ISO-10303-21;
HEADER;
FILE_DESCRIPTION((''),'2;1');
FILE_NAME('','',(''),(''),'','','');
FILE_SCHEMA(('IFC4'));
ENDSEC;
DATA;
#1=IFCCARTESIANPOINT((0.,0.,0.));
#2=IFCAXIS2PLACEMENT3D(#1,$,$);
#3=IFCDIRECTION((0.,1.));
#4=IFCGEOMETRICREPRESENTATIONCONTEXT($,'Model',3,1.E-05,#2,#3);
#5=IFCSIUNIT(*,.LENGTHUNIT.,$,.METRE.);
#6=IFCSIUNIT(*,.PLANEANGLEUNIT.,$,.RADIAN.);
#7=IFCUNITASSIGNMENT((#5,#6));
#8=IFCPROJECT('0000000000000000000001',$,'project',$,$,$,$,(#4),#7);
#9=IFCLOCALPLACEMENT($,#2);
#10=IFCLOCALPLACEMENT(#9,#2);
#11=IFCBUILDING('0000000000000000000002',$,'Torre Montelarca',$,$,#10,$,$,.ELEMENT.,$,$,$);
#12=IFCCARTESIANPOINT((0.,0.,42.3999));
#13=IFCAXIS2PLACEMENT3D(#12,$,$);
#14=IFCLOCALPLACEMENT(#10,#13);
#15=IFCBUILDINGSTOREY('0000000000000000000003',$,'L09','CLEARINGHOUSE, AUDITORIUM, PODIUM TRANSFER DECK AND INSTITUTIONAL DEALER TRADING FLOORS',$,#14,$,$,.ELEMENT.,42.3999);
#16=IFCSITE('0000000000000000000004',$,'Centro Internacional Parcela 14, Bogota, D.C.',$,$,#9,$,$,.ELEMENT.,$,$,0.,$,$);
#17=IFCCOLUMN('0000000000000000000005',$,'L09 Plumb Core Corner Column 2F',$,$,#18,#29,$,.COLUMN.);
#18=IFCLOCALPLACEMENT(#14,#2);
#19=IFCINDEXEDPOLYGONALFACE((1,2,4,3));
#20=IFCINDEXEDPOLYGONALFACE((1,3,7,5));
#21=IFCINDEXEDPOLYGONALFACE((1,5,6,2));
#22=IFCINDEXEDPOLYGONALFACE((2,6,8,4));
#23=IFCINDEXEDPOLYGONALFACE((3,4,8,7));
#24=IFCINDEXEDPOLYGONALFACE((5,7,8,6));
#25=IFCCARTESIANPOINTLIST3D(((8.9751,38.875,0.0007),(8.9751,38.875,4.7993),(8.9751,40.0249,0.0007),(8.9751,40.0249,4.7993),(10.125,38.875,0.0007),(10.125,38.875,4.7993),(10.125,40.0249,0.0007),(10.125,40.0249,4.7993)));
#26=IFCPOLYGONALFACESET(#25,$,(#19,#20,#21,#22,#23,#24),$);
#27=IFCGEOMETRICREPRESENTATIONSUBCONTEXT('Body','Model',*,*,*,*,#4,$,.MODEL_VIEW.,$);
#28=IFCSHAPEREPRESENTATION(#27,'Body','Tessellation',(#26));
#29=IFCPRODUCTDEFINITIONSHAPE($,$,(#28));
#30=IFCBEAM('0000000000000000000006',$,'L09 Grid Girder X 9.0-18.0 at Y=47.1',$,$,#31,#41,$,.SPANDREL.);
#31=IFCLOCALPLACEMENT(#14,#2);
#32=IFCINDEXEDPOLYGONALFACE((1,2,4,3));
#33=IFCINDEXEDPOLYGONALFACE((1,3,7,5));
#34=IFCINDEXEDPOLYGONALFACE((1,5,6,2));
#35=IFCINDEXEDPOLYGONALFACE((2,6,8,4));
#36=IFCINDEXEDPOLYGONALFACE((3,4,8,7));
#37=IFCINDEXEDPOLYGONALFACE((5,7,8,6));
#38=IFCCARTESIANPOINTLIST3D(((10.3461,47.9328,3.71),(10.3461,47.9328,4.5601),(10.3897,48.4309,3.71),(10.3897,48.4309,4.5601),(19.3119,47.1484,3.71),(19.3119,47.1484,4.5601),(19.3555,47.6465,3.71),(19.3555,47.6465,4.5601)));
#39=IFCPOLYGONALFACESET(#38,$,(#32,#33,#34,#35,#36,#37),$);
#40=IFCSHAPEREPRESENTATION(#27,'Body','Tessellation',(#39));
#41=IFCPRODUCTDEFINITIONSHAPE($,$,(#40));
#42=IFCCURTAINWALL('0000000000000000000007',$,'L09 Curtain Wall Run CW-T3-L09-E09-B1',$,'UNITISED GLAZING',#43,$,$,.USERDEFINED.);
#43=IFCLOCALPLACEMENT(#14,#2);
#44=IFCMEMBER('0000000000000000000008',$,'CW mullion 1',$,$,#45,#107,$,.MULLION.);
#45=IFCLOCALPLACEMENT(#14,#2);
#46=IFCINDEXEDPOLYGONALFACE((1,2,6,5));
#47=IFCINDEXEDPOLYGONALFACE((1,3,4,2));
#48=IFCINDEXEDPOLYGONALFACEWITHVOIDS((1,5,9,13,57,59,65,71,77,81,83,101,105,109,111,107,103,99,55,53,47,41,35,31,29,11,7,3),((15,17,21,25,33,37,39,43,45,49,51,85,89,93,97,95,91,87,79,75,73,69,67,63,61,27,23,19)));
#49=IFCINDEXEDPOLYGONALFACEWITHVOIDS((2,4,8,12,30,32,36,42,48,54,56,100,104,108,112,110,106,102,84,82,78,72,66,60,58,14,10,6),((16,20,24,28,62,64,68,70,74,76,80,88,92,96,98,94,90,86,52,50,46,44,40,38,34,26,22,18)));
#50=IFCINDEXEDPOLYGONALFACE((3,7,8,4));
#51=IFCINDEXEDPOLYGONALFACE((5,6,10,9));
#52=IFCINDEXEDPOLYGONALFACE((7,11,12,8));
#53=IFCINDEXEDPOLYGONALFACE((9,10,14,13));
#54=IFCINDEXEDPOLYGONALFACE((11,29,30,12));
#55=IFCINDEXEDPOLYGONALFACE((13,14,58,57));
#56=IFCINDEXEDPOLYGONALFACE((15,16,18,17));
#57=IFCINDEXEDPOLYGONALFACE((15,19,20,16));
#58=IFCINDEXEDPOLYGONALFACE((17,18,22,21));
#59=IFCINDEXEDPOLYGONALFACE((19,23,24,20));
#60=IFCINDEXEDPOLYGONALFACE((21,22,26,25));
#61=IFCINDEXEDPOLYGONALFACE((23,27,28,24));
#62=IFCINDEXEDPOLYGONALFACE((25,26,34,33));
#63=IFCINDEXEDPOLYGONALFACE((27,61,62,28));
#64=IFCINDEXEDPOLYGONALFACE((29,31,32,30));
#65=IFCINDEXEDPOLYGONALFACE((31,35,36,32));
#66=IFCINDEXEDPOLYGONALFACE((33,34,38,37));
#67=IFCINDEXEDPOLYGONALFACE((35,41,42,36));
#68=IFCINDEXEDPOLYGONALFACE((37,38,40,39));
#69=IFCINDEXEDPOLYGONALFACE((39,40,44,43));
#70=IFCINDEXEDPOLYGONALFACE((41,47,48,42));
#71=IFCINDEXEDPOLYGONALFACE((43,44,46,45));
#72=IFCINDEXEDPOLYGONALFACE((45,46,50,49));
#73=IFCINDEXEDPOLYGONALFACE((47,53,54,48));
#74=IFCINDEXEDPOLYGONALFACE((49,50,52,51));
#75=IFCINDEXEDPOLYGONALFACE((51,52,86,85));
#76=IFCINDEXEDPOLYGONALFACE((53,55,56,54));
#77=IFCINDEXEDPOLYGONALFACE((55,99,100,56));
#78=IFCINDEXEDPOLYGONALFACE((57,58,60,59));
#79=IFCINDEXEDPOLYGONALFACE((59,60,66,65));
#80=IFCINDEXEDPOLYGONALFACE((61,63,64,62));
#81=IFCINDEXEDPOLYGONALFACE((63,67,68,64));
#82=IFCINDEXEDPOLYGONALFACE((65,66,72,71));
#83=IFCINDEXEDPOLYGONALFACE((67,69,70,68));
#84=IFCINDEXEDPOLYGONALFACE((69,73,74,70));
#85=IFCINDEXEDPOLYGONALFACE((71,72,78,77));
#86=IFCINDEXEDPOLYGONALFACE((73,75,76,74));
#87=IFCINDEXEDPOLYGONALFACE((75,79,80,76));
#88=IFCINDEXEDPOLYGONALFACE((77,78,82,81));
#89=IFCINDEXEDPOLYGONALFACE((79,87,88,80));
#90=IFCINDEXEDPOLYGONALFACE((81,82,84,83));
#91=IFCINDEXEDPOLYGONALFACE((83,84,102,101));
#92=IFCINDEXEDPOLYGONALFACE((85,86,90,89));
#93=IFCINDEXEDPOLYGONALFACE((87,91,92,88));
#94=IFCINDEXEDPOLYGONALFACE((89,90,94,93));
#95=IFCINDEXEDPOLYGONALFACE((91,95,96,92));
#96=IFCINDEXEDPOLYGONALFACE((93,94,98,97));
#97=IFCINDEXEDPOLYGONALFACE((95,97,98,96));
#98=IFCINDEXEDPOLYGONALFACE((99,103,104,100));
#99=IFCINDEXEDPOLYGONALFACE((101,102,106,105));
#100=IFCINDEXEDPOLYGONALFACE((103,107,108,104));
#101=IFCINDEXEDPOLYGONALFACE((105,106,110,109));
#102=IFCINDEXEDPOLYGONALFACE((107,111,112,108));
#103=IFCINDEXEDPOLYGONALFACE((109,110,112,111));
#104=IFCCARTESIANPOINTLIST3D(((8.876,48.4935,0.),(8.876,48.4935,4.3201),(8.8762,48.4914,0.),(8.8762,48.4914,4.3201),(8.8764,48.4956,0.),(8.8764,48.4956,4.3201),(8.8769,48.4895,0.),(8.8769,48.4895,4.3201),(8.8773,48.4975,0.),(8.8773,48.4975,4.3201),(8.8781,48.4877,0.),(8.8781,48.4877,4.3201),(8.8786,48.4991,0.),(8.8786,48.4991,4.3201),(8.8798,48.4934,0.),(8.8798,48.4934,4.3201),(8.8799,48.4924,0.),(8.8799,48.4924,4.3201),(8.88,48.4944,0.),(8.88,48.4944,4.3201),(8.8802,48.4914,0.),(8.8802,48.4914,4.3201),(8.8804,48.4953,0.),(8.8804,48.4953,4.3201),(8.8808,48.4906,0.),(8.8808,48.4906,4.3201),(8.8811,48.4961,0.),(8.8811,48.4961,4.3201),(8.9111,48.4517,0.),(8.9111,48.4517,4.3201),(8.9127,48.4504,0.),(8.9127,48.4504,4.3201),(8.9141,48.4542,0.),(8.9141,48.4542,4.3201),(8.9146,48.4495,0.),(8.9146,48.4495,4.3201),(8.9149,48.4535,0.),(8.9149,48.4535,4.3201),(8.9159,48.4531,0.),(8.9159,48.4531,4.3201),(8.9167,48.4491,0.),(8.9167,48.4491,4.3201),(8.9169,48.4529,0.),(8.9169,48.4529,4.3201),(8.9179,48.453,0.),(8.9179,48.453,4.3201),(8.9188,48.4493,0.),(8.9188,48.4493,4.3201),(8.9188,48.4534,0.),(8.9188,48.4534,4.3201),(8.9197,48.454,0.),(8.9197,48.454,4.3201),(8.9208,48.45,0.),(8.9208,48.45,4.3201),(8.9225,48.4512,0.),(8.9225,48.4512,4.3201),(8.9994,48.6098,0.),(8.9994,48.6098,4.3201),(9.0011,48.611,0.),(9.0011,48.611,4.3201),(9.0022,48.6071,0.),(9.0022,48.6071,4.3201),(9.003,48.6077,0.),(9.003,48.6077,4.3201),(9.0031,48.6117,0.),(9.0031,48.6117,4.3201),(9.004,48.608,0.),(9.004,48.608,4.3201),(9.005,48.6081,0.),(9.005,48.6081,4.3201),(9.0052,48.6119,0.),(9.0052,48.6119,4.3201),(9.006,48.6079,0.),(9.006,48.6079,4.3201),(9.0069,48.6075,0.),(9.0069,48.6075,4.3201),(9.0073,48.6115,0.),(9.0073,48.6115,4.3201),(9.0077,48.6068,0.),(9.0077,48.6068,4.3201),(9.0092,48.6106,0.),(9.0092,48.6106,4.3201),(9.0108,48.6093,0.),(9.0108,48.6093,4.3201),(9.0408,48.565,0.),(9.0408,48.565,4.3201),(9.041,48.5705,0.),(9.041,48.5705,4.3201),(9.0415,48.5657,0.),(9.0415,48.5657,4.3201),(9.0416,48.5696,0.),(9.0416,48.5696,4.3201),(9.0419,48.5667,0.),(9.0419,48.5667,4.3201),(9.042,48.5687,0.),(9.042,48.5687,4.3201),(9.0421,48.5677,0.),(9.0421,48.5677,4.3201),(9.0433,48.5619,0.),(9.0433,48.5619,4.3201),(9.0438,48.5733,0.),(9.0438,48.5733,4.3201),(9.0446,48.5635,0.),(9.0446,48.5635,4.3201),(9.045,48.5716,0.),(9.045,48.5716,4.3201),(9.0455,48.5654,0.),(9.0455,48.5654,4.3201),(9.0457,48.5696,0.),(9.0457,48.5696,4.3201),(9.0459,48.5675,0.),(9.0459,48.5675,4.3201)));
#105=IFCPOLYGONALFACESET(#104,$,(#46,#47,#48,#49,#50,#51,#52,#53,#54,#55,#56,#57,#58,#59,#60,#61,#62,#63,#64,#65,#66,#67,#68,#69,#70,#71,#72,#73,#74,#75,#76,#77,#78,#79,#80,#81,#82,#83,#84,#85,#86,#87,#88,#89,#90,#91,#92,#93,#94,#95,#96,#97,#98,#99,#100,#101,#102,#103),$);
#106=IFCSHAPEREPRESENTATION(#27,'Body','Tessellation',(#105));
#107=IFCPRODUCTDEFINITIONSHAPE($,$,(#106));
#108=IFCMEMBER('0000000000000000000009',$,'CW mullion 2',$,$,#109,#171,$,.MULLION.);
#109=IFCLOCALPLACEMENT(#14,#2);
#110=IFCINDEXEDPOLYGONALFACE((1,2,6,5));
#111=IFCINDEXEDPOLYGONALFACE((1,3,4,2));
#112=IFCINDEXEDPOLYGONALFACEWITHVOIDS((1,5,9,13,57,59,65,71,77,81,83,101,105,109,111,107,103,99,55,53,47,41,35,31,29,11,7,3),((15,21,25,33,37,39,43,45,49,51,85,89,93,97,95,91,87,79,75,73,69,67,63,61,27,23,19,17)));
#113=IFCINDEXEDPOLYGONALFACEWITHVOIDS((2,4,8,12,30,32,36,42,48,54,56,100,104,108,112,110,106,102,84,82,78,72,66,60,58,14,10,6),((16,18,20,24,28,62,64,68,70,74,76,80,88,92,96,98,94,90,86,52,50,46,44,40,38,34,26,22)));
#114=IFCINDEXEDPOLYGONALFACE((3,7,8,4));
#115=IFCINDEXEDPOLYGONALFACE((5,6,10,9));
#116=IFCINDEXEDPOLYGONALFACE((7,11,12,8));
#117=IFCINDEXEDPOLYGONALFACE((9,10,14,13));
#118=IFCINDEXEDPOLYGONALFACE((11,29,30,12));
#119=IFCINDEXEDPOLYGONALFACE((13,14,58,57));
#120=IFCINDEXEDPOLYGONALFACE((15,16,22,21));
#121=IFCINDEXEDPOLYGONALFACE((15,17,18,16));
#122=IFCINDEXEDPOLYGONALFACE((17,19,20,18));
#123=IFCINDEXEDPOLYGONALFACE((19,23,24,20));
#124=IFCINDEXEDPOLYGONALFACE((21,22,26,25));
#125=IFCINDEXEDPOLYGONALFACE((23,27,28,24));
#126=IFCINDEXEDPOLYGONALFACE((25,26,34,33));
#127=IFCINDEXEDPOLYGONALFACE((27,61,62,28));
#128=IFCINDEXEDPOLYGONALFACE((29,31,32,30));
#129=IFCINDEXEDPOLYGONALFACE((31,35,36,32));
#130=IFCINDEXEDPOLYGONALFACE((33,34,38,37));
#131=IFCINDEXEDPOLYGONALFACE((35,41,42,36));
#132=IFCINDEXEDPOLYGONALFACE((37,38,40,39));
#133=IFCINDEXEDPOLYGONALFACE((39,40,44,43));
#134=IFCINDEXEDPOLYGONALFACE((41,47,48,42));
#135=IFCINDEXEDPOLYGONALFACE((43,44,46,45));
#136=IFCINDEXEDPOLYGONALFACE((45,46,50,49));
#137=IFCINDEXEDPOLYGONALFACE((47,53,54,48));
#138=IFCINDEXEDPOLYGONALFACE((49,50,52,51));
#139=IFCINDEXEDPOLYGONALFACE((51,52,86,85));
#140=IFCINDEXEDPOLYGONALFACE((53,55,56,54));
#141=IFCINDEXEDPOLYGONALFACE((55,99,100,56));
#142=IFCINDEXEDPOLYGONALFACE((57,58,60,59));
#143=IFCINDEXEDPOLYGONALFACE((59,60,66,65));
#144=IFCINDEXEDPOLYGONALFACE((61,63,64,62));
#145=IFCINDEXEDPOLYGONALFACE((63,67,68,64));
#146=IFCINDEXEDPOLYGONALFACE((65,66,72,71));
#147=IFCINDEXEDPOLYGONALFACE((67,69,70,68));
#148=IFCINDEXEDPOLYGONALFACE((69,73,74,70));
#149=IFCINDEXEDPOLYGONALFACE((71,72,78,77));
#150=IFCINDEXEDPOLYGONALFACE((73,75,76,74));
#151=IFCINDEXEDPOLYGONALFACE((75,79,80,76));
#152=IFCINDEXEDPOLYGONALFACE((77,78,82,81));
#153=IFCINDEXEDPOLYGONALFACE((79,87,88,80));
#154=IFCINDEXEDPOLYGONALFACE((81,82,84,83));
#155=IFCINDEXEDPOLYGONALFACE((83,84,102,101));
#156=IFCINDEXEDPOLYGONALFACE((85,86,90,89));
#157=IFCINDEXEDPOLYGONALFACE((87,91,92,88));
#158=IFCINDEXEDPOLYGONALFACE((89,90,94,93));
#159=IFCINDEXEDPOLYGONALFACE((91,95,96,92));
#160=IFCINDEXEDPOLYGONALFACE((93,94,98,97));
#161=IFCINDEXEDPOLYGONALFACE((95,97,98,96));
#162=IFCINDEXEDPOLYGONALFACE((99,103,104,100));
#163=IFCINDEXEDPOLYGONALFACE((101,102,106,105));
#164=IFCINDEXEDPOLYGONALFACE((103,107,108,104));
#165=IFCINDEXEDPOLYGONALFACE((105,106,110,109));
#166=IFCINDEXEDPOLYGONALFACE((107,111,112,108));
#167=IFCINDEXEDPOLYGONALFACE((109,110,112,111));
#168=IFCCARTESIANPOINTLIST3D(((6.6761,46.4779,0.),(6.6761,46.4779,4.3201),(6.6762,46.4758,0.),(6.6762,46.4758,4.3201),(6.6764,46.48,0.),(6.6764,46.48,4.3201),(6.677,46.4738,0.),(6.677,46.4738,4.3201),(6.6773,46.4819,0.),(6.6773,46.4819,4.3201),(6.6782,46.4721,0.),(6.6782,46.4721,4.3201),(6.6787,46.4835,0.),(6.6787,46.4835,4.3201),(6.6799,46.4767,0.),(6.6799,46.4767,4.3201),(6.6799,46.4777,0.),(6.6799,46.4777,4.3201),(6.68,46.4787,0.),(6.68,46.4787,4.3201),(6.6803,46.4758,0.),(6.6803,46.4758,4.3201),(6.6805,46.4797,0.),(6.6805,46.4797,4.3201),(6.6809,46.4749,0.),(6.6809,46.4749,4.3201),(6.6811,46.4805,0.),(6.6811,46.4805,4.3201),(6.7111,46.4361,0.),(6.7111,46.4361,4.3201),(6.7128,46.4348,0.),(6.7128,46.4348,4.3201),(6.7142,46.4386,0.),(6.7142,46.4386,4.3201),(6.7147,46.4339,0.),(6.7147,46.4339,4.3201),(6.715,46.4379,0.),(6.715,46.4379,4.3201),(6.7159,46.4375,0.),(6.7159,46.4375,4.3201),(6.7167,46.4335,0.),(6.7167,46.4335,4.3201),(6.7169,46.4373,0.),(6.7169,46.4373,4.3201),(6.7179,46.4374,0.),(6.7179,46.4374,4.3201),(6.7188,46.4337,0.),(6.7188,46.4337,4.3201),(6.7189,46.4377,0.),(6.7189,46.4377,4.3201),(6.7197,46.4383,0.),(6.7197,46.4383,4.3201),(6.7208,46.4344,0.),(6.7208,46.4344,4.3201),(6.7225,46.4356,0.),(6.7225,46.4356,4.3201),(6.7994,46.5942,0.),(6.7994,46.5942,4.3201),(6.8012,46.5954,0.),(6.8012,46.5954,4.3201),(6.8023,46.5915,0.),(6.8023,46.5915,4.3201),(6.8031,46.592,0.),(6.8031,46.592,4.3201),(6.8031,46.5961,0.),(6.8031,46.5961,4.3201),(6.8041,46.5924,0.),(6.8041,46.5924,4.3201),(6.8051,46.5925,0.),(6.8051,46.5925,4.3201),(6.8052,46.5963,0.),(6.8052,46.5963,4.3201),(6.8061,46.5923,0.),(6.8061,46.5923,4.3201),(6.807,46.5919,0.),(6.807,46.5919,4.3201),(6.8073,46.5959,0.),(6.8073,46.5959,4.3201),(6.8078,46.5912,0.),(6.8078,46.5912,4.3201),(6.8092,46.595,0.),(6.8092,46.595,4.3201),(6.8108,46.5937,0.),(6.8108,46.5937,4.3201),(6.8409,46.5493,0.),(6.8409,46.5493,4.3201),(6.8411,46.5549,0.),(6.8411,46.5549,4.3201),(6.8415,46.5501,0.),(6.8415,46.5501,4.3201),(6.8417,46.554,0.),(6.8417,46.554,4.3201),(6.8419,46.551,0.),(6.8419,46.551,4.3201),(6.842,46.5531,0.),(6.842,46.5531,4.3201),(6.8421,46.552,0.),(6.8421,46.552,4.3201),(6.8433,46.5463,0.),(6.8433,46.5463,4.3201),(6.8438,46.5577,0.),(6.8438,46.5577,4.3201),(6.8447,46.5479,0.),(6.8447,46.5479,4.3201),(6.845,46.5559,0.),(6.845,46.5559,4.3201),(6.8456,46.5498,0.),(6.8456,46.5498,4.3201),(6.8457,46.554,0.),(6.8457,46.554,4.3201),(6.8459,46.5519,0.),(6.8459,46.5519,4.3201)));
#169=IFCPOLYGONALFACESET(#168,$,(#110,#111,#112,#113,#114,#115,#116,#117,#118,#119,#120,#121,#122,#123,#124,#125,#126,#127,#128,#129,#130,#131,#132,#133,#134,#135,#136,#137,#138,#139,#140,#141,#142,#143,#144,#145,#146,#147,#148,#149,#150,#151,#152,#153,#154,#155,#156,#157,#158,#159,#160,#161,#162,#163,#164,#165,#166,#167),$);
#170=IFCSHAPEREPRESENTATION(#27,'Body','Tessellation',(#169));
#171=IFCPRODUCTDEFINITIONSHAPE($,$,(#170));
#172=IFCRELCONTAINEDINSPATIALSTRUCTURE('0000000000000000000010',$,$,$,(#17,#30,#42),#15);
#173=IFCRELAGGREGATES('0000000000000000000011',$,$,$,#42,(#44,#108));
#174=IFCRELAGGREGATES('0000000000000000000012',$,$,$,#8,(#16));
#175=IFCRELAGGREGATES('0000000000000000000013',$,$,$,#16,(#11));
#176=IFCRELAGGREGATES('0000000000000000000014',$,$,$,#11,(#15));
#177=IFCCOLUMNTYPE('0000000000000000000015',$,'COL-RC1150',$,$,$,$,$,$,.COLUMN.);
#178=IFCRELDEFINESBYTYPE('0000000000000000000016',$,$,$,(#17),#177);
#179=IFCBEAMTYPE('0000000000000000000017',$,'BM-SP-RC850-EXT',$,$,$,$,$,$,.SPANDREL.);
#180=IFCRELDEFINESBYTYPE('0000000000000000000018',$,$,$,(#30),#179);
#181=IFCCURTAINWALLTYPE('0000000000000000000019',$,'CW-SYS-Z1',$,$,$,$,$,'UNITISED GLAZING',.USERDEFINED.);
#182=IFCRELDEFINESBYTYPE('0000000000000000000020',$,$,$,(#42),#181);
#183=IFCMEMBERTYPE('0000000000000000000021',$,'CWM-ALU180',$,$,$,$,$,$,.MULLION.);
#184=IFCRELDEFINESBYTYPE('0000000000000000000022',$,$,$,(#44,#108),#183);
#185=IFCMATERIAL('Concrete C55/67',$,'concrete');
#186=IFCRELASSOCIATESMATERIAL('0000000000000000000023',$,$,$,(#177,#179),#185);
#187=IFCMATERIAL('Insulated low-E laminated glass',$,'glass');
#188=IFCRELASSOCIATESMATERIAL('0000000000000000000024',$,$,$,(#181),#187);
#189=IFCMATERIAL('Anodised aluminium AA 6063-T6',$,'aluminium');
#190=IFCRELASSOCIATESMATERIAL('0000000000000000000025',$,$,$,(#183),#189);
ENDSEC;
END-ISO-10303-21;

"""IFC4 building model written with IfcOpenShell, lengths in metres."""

from ifc_helpers import new_model, si_unit, direction, frame, origin, origin_2d, place, context, subcontext, project, spatial, rectangle, hollow_rectangle, extrude, source, transform, mapped, material, material_profile, profile_set, type_object, element, aggregate, save


model = new_model("IFC4")

# Units and contexts
model_context = context("Model", 3, precision=1e-05, world=origin(), true_north=direction((0.0, 1.0)))
body_context = subcontext(model_context, "Body", "Model", "MODEL_VIEW")
ifc_project = project(units=[si_unit("LENGTHUNIT", "METRE"), si_unit("PLANEANGLEUNIT", "RADIAN")], contexts=[model_context])

# Site, building, storey
site_placement = place(None, origin())
site = spatial("IfcSite", under=ifc_project, at=site_placement, Name="Centro Internacional Parcela 14, Bogota, D.C.", CompositionType="ELEMENT", RefElevation=0.0)
building_placement = place(site_placement, origin())
building = spatial("IfcBuilding", under=site, at=building_placement, Name="Torre Montelarca", CompositionType="ELEMENT")
storey_placement = place(building_placement, frame((0.0, 0.0, 42.3999)))
storey = spatial("IfcBuildingStorey", under=building, at=storey_placement, Name="L09", Description="CLEARINGHOUSE, AUDITORIUM, PODIUM TRANSFER DECK AND INSTITUTIONAL DEALER TRADING FLOORS", CompositionType="ELEMENT", Elevation=42.3999)

# Column
ifc_material_1 = material(Name="Concrete C55/67", Category="concrete")
ifc_material_profile_1 = material_profile(ifc_material_1, rectangle(XDim=1.1499, YDim=1.1499, at=origin_2d()), Name="RC1150X1150", Category="concrete")
ifc_profile_set_1 = profile_set([ifc_material_profile_1], Name="Concrete C55/67")
column_type_1 = type_object("IfcColumnType", Name="COL-RC1150", PredefinedType="COLUMN", material=ifc_profile_set_1)
shared_shape_1 = source(origin(), body_context, "Body", "SweptSolid", [
    extrude(rectangle(XDim=1.1499, YDim=1.1499, at=origin_2d()), origin(), (0.0, 0.0, 1.0), 4.7986),
])
column_1_placement = place(storey_placement, frame((9.55, 39.45, 0.0007), z_axis=(0.0, 0.0, 1.0), x_axis=(1.0, 0.0, 0.0)))
element("IfcColumn", 1, at=column_1_placement, inside=storey, type_object=column_type_1, Name="L09 Plumb Core Corner Column 2F", PredefinedType="COLUMN", context=body_context, shape_type="MappedRepresentation", body=[
    mapped(shared_shape_1, transform((0.0, 0.0, 0.0), scale=1.0)),
])

# Beam
ifc_material_profile_2 = material_profile(ifc_material_1, rectangle(XDim=0.5, YDim=0.8501, at=origin_2d()), Name="RCB500X850", Category="concrete")
ifc_profile_set_2 = profile_set([ifc_material_profile_2], Name="Concrete C55/67")
beam_type = type_object("IfcBeamType", Name="BM-SP-RC850-EXT", PredefinedType="SPANDREL", material=ifc_profile_set_2)
shared_shape_2 = source(origin(), body_context, "Body", "SweptSolid", [
    extrude(rectangle(XDim=0.5, YDim=0.8501, at=origin_2d()), origin(), (0.0, 0.0, 1.0), 9.0),
])
beam_placement = place(storey_placement, frame((10.3679, 48.1819, 4.135), z_axis=(0.996195, -0.087158, 0.0), x_axis=(0.087158, 0.996195, 0.0)))
element("IfcBeam", 2, at=beam_placement, inside=storey, type_object=beam_type, Name="L09 Grid Girder X 9.0-18.0 at Y=47.1", PredefinedType="SPANDREL", context=body_context, shape_type="MappedRepresentation", body=[
    mapped(shared_shape_2, transform((0.0, 0.0, 0.0), scale=1.0)),
])

# Curtain wall, members
ifc_material_2 = material(Name="Insulated low-E laminated glass", Category="glass")
curtain_wall_type = type_object("IfcCurtainWallType", Name="CW-SYS-Z1", ElementType="UNITISED GLAZING", PredefinedType="USERDEFINED", material=ifc_material_2)
curtain_wall_1_placement = place(storey_placement, origin())
curtain_wall_1 = element("IfcCurtainWall", 3, at=curtain_wall_1_placement, inside=storey, type_object=curtain_wall_type, Name="L09 Curtain Wall Run CW-T3-L09-E09-B1", ObjectType="UNITISED GLAZING", PredefinedType="USERDEFINED")
ifc_material_3 = material(Name="Anodised aluminium AA 6063-T6", Category="aluminium")
ifc_material_profile_3 = material_profile(ifc_material_3, hollow_rectangle(XDim=0.0649, YDim=0.1799, WallThickness=0.0039, InnerFilletRadius=0.0039, OuterFilletRadius=0.0081, at=origin_2d()), Name="ALU65X180X4", Category="aluminium")
ifc_profile_set_3 = profile_set([ifc_material_profile_3], Name="Anodised aluminium AA 6063-T6")
member_type_1 = type_object("IfcMemberType", Name="CWM-ALU180", PredefinedType="MULLION", material=ifc_profile_set_3)
shared_shape_3 = source(origin(), body_context, "Body", "SweptSolid", [
    extrude(hollow_rectangle(XDim=0.0649, YDim=0.1799, WallThickness=0.0039, InnerFilletRadius=0.0039, OuterFilletRadius=0.0081, at=origin_2d()), origin(), (0.0, 0.0, 1.0), 4.3201),
])
member_1_placement = place(storey_placement, frame((8.9609, 48.5305, 0.0), z_axis=(0.0, 0.0, 1.0), x_axis=(0.675583, -0.737283, 0.0)))
member_1 = element("IfcMember", 4, at=member_1_placement, type_object=member_type_1, Name="CW mullion 1", PredefinedType="MULLION", context=body_context, shape_type="MappedRepresentation", body=[
    mapped(shared_shape_3, transform((0.0, 0.0, 0.0), scale=1.0)),
])
member_2_placement = place(storey_placement, frame((6.761, 46.5149, 0.0), z_axis=(0.0, 0.0, 1.0), x_axis=(0.675583, -0.737283, 0.0)))
member_2 = element("IfcMember", 5, at=member_2_placement, type_object=member_type_1, Name="CW mullion 2", PredefinedType="MULLION", context=body_context, shape_type="MappedRepresentation", body=[
    mapped(shared_shape_3, transform((0.0, 0.0, 0.0), scale=1.0)),
])

aggregate(curtain_wall_1, [member_1, member_2])

save(model, "model.ifc")
